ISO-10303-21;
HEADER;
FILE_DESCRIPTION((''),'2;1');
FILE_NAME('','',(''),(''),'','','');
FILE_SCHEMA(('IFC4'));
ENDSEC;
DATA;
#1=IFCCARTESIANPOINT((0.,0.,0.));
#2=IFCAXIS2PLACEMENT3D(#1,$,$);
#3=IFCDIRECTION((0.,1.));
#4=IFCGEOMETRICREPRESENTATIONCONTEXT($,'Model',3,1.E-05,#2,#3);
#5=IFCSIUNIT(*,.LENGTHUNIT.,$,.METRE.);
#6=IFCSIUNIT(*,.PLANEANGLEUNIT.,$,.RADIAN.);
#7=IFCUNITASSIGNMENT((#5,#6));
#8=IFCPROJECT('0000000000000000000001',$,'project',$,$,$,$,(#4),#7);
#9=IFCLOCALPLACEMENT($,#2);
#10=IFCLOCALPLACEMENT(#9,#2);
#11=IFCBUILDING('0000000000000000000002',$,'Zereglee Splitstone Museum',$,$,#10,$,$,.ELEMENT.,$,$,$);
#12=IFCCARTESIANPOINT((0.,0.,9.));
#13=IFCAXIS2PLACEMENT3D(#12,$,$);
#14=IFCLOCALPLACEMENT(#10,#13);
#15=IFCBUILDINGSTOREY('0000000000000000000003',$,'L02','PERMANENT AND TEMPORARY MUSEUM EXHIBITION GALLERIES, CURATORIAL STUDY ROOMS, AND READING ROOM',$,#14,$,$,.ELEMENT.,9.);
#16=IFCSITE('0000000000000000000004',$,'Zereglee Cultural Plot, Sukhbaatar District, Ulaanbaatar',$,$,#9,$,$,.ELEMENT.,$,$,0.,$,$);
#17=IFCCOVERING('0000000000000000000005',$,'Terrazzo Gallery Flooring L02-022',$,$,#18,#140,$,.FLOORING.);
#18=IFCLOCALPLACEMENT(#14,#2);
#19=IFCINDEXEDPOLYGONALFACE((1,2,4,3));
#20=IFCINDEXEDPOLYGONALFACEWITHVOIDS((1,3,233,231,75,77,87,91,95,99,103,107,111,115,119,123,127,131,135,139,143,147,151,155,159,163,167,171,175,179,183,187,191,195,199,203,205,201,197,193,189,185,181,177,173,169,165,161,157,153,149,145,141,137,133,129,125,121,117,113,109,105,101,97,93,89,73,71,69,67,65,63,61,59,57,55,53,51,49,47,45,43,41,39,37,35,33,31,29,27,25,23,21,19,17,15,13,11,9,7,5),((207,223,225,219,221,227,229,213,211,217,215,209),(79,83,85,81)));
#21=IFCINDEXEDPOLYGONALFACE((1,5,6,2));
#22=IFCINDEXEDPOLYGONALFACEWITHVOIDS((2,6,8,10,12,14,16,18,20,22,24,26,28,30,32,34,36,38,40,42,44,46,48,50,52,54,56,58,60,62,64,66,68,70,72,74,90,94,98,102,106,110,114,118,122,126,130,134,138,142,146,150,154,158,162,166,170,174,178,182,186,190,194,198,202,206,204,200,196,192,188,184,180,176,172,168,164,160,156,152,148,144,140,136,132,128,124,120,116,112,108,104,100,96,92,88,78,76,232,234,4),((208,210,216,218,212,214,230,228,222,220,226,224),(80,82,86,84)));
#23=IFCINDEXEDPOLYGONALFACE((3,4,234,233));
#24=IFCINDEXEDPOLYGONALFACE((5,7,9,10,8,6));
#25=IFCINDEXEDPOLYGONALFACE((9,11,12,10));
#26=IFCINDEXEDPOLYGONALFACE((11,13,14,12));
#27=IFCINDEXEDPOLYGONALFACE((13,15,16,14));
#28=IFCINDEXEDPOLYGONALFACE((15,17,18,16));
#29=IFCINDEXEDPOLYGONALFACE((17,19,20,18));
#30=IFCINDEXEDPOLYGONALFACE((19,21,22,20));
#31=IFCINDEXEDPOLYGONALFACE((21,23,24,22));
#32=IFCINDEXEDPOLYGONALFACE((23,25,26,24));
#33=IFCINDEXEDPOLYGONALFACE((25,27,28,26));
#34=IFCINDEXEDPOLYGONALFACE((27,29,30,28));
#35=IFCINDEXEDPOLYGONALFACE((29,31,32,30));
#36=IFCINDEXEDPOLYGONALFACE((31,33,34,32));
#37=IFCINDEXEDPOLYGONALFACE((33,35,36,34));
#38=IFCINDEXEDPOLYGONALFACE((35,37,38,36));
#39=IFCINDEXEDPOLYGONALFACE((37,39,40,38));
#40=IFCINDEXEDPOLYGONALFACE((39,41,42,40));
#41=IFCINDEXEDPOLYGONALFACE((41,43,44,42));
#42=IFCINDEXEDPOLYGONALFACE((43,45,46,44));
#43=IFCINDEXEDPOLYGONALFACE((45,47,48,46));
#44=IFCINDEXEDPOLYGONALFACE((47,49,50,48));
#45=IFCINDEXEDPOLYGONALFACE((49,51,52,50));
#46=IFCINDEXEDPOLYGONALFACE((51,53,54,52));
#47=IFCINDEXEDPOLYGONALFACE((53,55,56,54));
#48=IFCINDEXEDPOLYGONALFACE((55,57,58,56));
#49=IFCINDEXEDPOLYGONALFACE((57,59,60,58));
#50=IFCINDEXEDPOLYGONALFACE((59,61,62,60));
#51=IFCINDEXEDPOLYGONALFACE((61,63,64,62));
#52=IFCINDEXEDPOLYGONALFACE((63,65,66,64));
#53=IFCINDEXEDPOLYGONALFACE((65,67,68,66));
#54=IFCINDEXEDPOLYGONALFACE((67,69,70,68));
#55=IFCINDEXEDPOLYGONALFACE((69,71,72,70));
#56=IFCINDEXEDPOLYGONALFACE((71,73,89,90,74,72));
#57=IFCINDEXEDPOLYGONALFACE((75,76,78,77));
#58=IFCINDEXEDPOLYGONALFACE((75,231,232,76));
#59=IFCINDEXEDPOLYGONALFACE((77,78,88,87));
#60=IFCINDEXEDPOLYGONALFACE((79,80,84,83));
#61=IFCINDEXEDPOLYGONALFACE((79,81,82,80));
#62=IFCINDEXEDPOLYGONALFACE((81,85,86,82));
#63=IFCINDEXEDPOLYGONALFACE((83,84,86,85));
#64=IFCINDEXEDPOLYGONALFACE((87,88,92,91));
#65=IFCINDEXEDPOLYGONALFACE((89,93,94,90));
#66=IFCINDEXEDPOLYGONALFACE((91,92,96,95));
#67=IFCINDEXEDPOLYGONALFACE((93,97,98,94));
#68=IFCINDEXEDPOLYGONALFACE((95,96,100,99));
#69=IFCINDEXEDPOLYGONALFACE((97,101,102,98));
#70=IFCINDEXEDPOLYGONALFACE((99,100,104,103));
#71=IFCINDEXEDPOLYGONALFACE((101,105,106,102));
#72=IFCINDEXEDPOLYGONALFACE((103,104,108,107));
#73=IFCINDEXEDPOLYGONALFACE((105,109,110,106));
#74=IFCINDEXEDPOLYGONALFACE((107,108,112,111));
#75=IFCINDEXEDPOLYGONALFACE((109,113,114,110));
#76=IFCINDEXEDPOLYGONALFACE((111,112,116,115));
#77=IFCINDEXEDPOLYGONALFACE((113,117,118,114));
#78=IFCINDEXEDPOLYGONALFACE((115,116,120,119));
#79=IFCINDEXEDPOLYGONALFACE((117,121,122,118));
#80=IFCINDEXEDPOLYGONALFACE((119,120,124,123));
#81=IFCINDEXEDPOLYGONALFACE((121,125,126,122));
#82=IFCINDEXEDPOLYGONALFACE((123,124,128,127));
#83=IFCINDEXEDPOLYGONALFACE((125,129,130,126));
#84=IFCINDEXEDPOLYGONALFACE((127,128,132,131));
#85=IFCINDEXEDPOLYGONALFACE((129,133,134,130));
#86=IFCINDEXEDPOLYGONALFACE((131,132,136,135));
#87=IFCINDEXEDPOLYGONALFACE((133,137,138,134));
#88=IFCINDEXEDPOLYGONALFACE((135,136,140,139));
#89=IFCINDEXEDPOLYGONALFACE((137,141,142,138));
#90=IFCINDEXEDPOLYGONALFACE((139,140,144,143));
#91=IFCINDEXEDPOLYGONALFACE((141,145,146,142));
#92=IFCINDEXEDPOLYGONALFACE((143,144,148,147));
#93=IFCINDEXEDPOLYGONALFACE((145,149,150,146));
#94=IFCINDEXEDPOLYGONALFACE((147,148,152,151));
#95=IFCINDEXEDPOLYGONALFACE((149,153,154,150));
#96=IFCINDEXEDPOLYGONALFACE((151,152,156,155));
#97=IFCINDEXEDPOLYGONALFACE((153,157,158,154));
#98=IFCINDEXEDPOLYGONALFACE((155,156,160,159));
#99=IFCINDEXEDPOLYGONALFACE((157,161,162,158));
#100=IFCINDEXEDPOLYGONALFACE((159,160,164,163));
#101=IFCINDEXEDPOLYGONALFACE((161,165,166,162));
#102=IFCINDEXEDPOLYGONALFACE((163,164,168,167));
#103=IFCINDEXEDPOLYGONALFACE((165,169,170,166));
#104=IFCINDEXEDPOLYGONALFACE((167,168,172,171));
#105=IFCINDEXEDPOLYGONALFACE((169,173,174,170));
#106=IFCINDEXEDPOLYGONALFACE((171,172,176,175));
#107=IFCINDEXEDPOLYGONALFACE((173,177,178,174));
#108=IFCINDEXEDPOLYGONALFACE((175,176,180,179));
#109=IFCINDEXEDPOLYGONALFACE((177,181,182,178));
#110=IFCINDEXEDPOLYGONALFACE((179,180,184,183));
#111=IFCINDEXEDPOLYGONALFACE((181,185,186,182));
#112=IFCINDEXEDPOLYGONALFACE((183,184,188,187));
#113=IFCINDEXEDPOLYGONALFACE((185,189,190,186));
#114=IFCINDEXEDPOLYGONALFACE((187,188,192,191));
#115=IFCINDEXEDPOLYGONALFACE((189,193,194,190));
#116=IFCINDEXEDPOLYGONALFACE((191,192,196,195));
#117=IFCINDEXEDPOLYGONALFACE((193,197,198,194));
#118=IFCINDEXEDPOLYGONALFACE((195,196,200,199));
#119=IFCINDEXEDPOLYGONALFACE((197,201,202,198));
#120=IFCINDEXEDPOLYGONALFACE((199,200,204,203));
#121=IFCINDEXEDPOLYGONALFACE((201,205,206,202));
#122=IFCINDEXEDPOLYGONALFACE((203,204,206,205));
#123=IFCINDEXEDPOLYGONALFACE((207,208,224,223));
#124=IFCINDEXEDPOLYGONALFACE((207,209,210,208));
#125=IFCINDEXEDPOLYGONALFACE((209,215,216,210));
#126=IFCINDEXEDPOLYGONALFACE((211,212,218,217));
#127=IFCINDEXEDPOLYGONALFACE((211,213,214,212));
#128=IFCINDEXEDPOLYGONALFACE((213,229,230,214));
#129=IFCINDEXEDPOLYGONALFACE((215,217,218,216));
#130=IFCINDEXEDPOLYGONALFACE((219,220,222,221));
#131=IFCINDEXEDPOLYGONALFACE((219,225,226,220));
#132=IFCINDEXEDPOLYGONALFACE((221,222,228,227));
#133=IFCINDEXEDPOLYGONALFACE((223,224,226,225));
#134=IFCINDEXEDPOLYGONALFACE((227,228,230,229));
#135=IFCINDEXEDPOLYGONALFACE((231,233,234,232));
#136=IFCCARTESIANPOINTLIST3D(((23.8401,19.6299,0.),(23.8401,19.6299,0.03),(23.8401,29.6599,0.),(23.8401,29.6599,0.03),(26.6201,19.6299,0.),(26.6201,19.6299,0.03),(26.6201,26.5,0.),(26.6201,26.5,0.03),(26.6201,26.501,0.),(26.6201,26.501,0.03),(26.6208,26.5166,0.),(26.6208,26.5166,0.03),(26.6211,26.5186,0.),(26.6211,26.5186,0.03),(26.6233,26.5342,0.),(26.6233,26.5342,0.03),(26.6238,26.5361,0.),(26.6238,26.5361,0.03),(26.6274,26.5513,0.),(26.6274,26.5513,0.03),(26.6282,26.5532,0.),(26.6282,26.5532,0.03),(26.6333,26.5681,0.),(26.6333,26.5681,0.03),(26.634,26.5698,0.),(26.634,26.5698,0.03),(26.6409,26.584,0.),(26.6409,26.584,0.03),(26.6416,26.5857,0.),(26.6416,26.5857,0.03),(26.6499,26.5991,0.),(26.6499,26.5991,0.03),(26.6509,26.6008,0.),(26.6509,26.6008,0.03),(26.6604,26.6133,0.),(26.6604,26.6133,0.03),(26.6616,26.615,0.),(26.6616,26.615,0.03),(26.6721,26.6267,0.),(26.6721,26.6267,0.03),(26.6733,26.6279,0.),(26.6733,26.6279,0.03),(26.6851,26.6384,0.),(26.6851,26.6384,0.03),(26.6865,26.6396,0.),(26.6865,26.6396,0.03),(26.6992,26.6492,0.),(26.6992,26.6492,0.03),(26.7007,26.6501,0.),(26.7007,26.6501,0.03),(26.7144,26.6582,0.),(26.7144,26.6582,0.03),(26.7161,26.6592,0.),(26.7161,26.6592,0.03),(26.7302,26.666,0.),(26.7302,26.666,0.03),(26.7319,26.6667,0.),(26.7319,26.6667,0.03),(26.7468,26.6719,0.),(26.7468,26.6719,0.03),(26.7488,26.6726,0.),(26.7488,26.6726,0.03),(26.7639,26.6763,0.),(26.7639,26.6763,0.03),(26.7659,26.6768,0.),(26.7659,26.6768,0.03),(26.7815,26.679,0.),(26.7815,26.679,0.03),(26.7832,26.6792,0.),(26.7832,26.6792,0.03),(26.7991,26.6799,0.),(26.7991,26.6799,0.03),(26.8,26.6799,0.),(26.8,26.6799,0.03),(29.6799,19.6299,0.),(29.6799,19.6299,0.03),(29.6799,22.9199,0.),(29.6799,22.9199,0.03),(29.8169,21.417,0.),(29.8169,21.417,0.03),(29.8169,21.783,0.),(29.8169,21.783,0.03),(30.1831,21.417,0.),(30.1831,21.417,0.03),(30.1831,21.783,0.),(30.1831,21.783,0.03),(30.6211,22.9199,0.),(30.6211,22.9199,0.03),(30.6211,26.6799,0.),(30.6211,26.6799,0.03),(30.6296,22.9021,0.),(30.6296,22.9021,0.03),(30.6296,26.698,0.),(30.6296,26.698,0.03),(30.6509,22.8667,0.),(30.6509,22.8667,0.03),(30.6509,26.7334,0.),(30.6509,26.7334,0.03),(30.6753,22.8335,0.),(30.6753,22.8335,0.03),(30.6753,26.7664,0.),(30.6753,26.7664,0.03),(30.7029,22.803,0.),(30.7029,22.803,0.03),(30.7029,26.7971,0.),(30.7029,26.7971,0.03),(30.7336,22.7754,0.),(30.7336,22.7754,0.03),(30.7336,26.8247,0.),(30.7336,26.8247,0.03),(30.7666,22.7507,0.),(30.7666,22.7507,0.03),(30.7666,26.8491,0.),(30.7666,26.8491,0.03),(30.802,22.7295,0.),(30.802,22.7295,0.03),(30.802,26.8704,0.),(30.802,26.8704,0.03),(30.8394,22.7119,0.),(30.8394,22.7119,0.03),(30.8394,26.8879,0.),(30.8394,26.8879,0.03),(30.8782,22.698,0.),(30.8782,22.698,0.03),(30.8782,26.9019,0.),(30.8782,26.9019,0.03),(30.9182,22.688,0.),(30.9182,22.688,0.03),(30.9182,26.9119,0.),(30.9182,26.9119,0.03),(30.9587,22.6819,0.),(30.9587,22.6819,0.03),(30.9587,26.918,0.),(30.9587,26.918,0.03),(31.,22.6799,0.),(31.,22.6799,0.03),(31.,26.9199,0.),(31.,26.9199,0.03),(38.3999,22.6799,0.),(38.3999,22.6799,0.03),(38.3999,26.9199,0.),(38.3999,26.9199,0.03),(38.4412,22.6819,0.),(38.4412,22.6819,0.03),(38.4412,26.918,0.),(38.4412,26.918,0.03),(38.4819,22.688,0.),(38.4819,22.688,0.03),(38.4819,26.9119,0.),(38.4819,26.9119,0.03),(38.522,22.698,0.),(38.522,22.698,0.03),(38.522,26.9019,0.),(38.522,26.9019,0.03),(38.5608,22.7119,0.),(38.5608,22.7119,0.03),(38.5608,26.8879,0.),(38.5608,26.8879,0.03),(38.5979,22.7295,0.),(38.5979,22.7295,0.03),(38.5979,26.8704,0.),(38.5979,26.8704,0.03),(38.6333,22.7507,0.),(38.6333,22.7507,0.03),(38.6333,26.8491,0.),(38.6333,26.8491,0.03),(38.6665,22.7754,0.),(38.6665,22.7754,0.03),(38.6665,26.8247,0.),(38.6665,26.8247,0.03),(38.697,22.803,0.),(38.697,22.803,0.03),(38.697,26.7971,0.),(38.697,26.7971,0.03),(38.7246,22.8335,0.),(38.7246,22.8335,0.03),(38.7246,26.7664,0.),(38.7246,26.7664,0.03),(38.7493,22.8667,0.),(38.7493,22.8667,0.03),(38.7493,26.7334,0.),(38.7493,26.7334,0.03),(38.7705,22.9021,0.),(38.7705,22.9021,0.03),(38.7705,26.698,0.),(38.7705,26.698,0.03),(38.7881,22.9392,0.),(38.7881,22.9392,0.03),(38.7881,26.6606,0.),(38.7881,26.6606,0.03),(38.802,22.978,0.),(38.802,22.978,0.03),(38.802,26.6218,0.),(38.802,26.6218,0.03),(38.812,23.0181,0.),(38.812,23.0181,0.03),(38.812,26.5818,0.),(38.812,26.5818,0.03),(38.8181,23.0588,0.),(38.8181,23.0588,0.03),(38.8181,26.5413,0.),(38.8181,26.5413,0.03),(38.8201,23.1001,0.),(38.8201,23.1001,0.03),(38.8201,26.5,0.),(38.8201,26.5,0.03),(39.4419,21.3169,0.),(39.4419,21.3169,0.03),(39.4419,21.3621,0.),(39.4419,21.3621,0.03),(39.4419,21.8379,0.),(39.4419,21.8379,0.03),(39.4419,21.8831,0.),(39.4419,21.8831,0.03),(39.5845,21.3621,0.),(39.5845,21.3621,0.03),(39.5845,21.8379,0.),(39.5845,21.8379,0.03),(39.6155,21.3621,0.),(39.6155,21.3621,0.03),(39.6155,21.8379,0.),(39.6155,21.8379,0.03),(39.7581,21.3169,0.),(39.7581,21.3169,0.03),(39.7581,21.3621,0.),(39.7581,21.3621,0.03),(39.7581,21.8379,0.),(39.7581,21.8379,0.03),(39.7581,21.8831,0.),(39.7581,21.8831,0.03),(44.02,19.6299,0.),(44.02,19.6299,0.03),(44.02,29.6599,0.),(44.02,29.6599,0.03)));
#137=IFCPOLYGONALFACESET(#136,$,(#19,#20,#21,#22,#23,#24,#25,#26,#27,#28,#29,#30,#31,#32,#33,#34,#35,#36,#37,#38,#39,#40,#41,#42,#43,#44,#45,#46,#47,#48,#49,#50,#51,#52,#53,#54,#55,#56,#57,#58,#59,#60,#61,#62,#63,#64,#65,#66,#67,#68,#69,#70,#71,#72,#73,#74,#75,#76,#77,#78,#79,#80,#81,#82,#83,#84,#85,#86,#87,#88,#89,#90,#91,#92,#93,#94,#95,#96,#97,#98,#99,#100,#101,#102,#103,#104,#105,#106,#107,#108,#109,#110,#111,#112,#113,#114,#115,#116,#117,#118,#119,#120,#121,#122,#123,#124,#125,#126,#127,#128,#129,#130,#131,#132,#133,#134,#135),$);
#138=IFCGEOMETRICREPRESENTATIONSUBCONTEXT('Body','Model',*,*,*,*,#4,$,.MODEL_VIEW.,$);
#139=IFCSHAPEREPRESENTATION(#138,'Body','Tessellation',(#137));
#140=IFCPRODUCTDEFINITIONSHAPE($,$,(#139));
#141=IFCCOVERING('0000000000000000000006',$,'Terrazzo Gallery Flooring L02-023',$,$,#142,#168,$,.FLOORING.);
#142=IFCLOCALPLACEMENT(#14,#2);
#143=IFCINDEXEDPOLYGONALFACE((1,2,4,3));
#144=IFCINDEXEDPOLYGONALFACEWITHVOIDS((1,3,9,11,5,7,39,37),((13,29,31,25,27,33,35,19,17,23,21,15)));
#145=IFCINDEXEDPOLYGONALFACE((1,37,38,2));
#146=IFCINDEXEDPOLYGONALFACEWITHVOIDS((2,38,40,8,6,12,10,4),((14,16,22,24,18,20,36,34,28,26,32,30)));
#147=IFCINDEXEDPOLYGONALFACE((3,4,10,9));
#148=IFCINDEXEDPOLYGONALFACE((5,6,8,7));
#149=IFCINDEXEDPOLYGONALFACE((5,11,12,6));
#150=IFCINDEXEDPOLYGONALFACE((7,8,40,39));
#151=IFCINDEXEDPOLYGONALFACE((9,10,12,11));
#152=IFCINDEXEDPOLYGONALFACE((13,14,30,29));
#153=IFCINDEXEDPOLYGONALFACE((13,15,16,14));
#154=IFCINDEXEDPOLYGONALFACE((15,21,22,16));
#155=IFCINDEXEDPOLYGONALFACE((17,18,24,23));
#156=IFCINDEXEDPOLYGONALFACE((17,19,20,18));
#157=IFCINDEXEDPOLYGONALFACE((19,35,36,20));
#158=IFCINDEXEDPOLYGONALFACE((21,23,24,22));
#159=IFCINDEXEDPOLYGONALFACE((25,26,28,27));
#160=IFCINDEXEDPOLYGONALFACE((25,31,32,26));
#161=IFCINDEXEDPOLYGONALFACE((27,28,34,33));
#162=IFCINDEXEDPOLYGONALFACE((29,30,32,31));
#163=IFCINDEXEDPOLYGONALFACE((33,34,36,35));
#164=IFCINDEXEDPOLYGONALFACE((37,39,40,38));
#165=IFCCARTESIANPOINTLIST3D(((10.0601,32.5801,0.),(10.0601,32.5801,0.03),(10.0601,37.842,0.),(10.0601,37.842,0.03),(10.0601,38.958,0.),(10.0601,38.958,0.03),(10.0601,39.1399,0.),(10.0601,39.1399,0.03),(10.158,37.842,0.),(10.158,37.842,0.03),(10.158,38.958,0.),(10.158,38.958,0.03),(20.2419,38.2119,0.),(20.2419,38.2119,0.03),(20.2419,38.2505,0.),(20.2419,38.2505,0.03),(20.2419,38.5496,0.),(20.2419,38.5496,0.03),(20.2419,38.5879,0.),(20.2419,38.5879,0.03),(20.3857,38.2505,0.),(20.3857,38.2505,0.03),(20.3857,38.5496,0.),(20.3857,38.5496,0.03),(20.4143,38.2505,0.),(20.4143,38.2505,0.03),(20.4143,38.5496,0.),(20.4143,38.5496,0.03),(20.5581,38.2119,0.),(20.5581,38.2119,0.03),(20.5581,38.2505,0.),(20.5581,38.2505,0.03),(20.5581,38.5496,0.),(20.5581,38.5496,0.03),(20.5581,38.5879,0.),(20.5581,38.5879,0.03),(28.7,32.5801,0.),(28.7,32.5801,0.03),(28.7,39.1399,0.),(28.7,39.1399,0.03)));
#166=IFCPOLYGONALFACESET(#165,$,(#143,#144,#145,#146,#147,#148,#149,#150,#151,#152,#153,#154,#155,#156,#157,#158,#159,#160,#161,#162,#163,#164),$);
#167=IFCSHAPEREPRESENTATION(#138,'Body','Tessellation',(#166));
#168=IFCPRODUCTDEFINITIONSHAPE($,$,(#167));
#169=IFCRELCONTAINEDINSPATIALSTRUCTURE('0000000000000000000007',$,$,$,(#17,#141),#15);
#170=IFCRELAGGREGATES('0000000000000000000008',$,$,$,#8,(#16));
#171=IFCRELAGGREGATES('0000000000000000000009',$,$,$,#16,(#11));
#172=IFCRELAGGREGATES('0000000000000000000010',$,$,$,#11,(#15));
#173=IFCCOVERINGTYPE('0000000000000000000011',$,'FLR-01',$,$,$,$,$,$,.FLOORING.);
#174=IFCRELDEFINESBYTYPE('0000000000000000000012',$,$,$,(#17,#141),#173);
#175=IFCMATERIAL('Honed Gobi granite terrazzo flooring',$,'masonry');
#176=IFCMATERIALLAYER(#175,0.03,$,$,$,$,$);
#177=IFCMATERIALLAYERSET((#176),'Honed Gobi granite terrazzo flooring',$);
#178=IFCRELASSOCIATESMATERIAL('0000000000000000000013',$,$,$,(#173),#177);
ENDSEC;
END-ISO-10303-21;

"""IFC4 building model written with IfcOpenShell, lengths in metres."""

from ifc_helpers import new_model, si_unit, direction, frame, origin, place, context, subcontext, project, spatial, polyline, outline, extrude, material, layer, layer_set, type_object, element, save


model = new_model("IFC4")

# Units and contexts
model_context = context("Model", 3, precision=1e-05, world=origin(), true_north=direction((0.0, 1.0)))
body_context = subcontext(model_context, "Body", "Model", "MODEL_VIEW")
ifc_project = project(units=[si_unit("LENGTHUNIT", "METRE"), si_unit("PLANEANGLEUNIT", "RADIAN")], contexts=[model_context])

# Site, building, storey
site_placement = place(None, origin())
site = spatial("IfcSite", under=ifc_project, at=site_placement, Name="Zereglee Cultural Plot, Sukhbaatar District, Ulaanbaatar", CompositionType="ELEMENT", RefElevation=0.0)
building_placement = place(site_placement, origin())
building = spatial("IfcBuilding", under=site, at=building_placement, Name="Zereglee Splitstone Museum", CompositionType="ELEMENT")
storey_placement = place(building_placement, frame((0.0, 0.0, 9.0)))
storey = spatial("IfcBuildingStorey", under=building, at=storey_placement, Name="L02", Description="PERMANENT AND TEMPORARY MUSEUM EXHIBITION GALLERIES, CURATORIAL STUDY ROOMS, AND READING ROOM", CompositionType="ELEMENT", Elevation=9.0)

# Coverings
ifc_material_1 = material(Name="Honed Gobi granite terrazzo flooring", Category="masonry")
ifc_layer_1 = layer(ifc_material_1, 0.03)
ifc_layer_set_1 = layer_set([ifc_layer_1], Name="Honed Gobi granite terrazzo flooring")
covering_type_1 = type_object("IfcCoveringType", Name="FLR-01", PredefinedType="FLOORING", material=ifc_layer_set_1)
covering_1_placement = place(storey_placement, origin())
element("IfcCovering", 1, at=covering_1_placement, inside=storey, type_object=covering_type_1, Name="Terrazzo Gallery Flooring L02-022", PredefinedType="FLOORING", context=body_context, shape_type="SweptSolid", body=[
    extrude(outline(polyline([(26.7991, 26.6799), (26.7832, 26.6792), (26.7815, 26.679), (26.7659, 26.6768), (26.7639, 26.6763), (26.7488, 26.6726), (26.7468, 26.6719), (26.7319, 26.6667), (26.7302, 26.666), (26.7161, 26.6592), (26.7144, 26.6582), (26.7007, 26.6501), (26.6992, 26.6492), (26.6865, 26.6396), (26.6851, 26.6384), (26.6733, 26.6279), (26.6721, 26.6267), (26.6616, 26.615), (26.6604, 26.6133), (26.6509, 26.6008), (26.6499, 26.5991), (26.6416, 26.5857), (26.6409, 26.584), (26.634, 26.5698), (26.6333, 26.5681), (26.6282, 26.5532), (26.6274, 26.5513), (26.6238, 26.5361), (26.6233, 26.5342), (26.6211, 26.5186), (26.6208, 26.5166), (26.6201, 26.501), (26.6201, 26.5), (26.6201, 19.6299), (23.8401, 19.6299), (23.8401, 29.6599), (44.02, 29.6599), (44.02, 19.6299), (29.6799, 19.6299), (29.6799, 22.9199), (30.6211, 22.9199), (30.6296, 22.9021), (30.6509, 22.8667), (30.6753, 22.8335), (30.7029, 22.803), (30.7336, 22.7754), (30.7666, 22.7507), (30.802, 22.7295), (30.8394, 22.7119), (30.8782, 22.698), (30.9182, 22.688), (30.9587, 22.6819), (31.0, 22.6799), (38.3999, 22.6799), (38.4412, 22.6819), (38.4819, 22.688), (38.522, 22.698), (38.5608, 22.7119), (38.5979, 22.7295), (38.6333, 22.7507), (38.6665, 22.7754), (38.697, 22.803), (38.7246, 22.8335), (38.7493, 22.8667), (38.7705, 22.9021), (38.7881, 22.9392), (38.802, 22.978), (38.812, 23.0181), (38.8181, 23.0588), (38.8201, 23.1001), (38.8201, 26.5), (38.8181, 26.5413), (38.812, 26.5818), (38.802, 26.6218), (38.7881, 26.6606), (38.7705, 26.698), (38.7493, 26.7334), (38.7246, 26.7664), (38.697, 26.7971), (38.6665, 26.8247), (38.6333, 26.8491), (38.5979, 26.8704), (38.5608, 26.8879), (38.522, 26.9019), (38.4819, 26.9119), (38.4412, 26.918), (38.3999, 26.9199), (31.0, 26.9199), (30.9587, 26.918), (30.9182, 26.9119), (30.8782, 26.9019), (30.8394, 26.8879), (30.802, 26.8704), (30.7666, 26.8491), (30.7336, 26.8247), (30.7029, 26.7971), (30.6753, 26.7664), (30.6509, 26.7334), (30.6296, 26.698), (30.6211, 26.6799), (26.8, 26.6799), (26.7991, 26.6799)]), holes=[polyline([(39.7581, 21.8379), (39.7581, 21.8831), (39.4419, 21.8831), (39.4419, 21.8379), (39.5845, 21.8379), (39.5845, 21.3621), (39.4419, 21.3621), (39.4419, 21.3169), (39.7581, 21.3169), (39.7581, 21.3621), (39.6155, 21.3621), (39.6155, 21.8379), (39.7581, 21.8379)]), polyline([(29.8169, 21.783), (29.8169, 21.417), (30.1831, 21.417), (30.1831, 21.783), (29.8169, 21.783)])]), origin(), (0.0, 0.0, 1.0), 0.03),
])
covering_2_placement = place(storey_placement, origin())
element("IfcCovering", 2, at=covering_2_placement, inside=storey, type_object=covering_type_1, Name="Terrazzo Gallery Flooring L02-023", PredefinedType="FLOORING", context=body_context, shape_type="SweptSolid", body=[
    extrude(outline(polyline([(10.0601, 37.842), (10.158, 37.842), (10.158, 38.958), (10.0601, 38.958), (10.0601, 39.1399), (28.7, 39.1399), (28.7, 32.5801), (10.0601, 32.5801), (10.0601, 37.842)]), holes=[polyline([(20.5581, 38.5879), (20.2419, 38.5879), (20.2419, 38.5496), (20.3857, 38.5496), (20.3857, 38.2505), (20.2419, 38.2505), (20.2419, 38.2119), (20.5581, 38.2119), (20.5581, 38.2505), (20.4143, 38.2505), (20.4143, 38.5496), (20.5581, 38.5496), (20.5581, 38.5879)])]), origin(), (0.0, 0.0, 1.0), 0.03),
])

save(model, "model.ifc")
